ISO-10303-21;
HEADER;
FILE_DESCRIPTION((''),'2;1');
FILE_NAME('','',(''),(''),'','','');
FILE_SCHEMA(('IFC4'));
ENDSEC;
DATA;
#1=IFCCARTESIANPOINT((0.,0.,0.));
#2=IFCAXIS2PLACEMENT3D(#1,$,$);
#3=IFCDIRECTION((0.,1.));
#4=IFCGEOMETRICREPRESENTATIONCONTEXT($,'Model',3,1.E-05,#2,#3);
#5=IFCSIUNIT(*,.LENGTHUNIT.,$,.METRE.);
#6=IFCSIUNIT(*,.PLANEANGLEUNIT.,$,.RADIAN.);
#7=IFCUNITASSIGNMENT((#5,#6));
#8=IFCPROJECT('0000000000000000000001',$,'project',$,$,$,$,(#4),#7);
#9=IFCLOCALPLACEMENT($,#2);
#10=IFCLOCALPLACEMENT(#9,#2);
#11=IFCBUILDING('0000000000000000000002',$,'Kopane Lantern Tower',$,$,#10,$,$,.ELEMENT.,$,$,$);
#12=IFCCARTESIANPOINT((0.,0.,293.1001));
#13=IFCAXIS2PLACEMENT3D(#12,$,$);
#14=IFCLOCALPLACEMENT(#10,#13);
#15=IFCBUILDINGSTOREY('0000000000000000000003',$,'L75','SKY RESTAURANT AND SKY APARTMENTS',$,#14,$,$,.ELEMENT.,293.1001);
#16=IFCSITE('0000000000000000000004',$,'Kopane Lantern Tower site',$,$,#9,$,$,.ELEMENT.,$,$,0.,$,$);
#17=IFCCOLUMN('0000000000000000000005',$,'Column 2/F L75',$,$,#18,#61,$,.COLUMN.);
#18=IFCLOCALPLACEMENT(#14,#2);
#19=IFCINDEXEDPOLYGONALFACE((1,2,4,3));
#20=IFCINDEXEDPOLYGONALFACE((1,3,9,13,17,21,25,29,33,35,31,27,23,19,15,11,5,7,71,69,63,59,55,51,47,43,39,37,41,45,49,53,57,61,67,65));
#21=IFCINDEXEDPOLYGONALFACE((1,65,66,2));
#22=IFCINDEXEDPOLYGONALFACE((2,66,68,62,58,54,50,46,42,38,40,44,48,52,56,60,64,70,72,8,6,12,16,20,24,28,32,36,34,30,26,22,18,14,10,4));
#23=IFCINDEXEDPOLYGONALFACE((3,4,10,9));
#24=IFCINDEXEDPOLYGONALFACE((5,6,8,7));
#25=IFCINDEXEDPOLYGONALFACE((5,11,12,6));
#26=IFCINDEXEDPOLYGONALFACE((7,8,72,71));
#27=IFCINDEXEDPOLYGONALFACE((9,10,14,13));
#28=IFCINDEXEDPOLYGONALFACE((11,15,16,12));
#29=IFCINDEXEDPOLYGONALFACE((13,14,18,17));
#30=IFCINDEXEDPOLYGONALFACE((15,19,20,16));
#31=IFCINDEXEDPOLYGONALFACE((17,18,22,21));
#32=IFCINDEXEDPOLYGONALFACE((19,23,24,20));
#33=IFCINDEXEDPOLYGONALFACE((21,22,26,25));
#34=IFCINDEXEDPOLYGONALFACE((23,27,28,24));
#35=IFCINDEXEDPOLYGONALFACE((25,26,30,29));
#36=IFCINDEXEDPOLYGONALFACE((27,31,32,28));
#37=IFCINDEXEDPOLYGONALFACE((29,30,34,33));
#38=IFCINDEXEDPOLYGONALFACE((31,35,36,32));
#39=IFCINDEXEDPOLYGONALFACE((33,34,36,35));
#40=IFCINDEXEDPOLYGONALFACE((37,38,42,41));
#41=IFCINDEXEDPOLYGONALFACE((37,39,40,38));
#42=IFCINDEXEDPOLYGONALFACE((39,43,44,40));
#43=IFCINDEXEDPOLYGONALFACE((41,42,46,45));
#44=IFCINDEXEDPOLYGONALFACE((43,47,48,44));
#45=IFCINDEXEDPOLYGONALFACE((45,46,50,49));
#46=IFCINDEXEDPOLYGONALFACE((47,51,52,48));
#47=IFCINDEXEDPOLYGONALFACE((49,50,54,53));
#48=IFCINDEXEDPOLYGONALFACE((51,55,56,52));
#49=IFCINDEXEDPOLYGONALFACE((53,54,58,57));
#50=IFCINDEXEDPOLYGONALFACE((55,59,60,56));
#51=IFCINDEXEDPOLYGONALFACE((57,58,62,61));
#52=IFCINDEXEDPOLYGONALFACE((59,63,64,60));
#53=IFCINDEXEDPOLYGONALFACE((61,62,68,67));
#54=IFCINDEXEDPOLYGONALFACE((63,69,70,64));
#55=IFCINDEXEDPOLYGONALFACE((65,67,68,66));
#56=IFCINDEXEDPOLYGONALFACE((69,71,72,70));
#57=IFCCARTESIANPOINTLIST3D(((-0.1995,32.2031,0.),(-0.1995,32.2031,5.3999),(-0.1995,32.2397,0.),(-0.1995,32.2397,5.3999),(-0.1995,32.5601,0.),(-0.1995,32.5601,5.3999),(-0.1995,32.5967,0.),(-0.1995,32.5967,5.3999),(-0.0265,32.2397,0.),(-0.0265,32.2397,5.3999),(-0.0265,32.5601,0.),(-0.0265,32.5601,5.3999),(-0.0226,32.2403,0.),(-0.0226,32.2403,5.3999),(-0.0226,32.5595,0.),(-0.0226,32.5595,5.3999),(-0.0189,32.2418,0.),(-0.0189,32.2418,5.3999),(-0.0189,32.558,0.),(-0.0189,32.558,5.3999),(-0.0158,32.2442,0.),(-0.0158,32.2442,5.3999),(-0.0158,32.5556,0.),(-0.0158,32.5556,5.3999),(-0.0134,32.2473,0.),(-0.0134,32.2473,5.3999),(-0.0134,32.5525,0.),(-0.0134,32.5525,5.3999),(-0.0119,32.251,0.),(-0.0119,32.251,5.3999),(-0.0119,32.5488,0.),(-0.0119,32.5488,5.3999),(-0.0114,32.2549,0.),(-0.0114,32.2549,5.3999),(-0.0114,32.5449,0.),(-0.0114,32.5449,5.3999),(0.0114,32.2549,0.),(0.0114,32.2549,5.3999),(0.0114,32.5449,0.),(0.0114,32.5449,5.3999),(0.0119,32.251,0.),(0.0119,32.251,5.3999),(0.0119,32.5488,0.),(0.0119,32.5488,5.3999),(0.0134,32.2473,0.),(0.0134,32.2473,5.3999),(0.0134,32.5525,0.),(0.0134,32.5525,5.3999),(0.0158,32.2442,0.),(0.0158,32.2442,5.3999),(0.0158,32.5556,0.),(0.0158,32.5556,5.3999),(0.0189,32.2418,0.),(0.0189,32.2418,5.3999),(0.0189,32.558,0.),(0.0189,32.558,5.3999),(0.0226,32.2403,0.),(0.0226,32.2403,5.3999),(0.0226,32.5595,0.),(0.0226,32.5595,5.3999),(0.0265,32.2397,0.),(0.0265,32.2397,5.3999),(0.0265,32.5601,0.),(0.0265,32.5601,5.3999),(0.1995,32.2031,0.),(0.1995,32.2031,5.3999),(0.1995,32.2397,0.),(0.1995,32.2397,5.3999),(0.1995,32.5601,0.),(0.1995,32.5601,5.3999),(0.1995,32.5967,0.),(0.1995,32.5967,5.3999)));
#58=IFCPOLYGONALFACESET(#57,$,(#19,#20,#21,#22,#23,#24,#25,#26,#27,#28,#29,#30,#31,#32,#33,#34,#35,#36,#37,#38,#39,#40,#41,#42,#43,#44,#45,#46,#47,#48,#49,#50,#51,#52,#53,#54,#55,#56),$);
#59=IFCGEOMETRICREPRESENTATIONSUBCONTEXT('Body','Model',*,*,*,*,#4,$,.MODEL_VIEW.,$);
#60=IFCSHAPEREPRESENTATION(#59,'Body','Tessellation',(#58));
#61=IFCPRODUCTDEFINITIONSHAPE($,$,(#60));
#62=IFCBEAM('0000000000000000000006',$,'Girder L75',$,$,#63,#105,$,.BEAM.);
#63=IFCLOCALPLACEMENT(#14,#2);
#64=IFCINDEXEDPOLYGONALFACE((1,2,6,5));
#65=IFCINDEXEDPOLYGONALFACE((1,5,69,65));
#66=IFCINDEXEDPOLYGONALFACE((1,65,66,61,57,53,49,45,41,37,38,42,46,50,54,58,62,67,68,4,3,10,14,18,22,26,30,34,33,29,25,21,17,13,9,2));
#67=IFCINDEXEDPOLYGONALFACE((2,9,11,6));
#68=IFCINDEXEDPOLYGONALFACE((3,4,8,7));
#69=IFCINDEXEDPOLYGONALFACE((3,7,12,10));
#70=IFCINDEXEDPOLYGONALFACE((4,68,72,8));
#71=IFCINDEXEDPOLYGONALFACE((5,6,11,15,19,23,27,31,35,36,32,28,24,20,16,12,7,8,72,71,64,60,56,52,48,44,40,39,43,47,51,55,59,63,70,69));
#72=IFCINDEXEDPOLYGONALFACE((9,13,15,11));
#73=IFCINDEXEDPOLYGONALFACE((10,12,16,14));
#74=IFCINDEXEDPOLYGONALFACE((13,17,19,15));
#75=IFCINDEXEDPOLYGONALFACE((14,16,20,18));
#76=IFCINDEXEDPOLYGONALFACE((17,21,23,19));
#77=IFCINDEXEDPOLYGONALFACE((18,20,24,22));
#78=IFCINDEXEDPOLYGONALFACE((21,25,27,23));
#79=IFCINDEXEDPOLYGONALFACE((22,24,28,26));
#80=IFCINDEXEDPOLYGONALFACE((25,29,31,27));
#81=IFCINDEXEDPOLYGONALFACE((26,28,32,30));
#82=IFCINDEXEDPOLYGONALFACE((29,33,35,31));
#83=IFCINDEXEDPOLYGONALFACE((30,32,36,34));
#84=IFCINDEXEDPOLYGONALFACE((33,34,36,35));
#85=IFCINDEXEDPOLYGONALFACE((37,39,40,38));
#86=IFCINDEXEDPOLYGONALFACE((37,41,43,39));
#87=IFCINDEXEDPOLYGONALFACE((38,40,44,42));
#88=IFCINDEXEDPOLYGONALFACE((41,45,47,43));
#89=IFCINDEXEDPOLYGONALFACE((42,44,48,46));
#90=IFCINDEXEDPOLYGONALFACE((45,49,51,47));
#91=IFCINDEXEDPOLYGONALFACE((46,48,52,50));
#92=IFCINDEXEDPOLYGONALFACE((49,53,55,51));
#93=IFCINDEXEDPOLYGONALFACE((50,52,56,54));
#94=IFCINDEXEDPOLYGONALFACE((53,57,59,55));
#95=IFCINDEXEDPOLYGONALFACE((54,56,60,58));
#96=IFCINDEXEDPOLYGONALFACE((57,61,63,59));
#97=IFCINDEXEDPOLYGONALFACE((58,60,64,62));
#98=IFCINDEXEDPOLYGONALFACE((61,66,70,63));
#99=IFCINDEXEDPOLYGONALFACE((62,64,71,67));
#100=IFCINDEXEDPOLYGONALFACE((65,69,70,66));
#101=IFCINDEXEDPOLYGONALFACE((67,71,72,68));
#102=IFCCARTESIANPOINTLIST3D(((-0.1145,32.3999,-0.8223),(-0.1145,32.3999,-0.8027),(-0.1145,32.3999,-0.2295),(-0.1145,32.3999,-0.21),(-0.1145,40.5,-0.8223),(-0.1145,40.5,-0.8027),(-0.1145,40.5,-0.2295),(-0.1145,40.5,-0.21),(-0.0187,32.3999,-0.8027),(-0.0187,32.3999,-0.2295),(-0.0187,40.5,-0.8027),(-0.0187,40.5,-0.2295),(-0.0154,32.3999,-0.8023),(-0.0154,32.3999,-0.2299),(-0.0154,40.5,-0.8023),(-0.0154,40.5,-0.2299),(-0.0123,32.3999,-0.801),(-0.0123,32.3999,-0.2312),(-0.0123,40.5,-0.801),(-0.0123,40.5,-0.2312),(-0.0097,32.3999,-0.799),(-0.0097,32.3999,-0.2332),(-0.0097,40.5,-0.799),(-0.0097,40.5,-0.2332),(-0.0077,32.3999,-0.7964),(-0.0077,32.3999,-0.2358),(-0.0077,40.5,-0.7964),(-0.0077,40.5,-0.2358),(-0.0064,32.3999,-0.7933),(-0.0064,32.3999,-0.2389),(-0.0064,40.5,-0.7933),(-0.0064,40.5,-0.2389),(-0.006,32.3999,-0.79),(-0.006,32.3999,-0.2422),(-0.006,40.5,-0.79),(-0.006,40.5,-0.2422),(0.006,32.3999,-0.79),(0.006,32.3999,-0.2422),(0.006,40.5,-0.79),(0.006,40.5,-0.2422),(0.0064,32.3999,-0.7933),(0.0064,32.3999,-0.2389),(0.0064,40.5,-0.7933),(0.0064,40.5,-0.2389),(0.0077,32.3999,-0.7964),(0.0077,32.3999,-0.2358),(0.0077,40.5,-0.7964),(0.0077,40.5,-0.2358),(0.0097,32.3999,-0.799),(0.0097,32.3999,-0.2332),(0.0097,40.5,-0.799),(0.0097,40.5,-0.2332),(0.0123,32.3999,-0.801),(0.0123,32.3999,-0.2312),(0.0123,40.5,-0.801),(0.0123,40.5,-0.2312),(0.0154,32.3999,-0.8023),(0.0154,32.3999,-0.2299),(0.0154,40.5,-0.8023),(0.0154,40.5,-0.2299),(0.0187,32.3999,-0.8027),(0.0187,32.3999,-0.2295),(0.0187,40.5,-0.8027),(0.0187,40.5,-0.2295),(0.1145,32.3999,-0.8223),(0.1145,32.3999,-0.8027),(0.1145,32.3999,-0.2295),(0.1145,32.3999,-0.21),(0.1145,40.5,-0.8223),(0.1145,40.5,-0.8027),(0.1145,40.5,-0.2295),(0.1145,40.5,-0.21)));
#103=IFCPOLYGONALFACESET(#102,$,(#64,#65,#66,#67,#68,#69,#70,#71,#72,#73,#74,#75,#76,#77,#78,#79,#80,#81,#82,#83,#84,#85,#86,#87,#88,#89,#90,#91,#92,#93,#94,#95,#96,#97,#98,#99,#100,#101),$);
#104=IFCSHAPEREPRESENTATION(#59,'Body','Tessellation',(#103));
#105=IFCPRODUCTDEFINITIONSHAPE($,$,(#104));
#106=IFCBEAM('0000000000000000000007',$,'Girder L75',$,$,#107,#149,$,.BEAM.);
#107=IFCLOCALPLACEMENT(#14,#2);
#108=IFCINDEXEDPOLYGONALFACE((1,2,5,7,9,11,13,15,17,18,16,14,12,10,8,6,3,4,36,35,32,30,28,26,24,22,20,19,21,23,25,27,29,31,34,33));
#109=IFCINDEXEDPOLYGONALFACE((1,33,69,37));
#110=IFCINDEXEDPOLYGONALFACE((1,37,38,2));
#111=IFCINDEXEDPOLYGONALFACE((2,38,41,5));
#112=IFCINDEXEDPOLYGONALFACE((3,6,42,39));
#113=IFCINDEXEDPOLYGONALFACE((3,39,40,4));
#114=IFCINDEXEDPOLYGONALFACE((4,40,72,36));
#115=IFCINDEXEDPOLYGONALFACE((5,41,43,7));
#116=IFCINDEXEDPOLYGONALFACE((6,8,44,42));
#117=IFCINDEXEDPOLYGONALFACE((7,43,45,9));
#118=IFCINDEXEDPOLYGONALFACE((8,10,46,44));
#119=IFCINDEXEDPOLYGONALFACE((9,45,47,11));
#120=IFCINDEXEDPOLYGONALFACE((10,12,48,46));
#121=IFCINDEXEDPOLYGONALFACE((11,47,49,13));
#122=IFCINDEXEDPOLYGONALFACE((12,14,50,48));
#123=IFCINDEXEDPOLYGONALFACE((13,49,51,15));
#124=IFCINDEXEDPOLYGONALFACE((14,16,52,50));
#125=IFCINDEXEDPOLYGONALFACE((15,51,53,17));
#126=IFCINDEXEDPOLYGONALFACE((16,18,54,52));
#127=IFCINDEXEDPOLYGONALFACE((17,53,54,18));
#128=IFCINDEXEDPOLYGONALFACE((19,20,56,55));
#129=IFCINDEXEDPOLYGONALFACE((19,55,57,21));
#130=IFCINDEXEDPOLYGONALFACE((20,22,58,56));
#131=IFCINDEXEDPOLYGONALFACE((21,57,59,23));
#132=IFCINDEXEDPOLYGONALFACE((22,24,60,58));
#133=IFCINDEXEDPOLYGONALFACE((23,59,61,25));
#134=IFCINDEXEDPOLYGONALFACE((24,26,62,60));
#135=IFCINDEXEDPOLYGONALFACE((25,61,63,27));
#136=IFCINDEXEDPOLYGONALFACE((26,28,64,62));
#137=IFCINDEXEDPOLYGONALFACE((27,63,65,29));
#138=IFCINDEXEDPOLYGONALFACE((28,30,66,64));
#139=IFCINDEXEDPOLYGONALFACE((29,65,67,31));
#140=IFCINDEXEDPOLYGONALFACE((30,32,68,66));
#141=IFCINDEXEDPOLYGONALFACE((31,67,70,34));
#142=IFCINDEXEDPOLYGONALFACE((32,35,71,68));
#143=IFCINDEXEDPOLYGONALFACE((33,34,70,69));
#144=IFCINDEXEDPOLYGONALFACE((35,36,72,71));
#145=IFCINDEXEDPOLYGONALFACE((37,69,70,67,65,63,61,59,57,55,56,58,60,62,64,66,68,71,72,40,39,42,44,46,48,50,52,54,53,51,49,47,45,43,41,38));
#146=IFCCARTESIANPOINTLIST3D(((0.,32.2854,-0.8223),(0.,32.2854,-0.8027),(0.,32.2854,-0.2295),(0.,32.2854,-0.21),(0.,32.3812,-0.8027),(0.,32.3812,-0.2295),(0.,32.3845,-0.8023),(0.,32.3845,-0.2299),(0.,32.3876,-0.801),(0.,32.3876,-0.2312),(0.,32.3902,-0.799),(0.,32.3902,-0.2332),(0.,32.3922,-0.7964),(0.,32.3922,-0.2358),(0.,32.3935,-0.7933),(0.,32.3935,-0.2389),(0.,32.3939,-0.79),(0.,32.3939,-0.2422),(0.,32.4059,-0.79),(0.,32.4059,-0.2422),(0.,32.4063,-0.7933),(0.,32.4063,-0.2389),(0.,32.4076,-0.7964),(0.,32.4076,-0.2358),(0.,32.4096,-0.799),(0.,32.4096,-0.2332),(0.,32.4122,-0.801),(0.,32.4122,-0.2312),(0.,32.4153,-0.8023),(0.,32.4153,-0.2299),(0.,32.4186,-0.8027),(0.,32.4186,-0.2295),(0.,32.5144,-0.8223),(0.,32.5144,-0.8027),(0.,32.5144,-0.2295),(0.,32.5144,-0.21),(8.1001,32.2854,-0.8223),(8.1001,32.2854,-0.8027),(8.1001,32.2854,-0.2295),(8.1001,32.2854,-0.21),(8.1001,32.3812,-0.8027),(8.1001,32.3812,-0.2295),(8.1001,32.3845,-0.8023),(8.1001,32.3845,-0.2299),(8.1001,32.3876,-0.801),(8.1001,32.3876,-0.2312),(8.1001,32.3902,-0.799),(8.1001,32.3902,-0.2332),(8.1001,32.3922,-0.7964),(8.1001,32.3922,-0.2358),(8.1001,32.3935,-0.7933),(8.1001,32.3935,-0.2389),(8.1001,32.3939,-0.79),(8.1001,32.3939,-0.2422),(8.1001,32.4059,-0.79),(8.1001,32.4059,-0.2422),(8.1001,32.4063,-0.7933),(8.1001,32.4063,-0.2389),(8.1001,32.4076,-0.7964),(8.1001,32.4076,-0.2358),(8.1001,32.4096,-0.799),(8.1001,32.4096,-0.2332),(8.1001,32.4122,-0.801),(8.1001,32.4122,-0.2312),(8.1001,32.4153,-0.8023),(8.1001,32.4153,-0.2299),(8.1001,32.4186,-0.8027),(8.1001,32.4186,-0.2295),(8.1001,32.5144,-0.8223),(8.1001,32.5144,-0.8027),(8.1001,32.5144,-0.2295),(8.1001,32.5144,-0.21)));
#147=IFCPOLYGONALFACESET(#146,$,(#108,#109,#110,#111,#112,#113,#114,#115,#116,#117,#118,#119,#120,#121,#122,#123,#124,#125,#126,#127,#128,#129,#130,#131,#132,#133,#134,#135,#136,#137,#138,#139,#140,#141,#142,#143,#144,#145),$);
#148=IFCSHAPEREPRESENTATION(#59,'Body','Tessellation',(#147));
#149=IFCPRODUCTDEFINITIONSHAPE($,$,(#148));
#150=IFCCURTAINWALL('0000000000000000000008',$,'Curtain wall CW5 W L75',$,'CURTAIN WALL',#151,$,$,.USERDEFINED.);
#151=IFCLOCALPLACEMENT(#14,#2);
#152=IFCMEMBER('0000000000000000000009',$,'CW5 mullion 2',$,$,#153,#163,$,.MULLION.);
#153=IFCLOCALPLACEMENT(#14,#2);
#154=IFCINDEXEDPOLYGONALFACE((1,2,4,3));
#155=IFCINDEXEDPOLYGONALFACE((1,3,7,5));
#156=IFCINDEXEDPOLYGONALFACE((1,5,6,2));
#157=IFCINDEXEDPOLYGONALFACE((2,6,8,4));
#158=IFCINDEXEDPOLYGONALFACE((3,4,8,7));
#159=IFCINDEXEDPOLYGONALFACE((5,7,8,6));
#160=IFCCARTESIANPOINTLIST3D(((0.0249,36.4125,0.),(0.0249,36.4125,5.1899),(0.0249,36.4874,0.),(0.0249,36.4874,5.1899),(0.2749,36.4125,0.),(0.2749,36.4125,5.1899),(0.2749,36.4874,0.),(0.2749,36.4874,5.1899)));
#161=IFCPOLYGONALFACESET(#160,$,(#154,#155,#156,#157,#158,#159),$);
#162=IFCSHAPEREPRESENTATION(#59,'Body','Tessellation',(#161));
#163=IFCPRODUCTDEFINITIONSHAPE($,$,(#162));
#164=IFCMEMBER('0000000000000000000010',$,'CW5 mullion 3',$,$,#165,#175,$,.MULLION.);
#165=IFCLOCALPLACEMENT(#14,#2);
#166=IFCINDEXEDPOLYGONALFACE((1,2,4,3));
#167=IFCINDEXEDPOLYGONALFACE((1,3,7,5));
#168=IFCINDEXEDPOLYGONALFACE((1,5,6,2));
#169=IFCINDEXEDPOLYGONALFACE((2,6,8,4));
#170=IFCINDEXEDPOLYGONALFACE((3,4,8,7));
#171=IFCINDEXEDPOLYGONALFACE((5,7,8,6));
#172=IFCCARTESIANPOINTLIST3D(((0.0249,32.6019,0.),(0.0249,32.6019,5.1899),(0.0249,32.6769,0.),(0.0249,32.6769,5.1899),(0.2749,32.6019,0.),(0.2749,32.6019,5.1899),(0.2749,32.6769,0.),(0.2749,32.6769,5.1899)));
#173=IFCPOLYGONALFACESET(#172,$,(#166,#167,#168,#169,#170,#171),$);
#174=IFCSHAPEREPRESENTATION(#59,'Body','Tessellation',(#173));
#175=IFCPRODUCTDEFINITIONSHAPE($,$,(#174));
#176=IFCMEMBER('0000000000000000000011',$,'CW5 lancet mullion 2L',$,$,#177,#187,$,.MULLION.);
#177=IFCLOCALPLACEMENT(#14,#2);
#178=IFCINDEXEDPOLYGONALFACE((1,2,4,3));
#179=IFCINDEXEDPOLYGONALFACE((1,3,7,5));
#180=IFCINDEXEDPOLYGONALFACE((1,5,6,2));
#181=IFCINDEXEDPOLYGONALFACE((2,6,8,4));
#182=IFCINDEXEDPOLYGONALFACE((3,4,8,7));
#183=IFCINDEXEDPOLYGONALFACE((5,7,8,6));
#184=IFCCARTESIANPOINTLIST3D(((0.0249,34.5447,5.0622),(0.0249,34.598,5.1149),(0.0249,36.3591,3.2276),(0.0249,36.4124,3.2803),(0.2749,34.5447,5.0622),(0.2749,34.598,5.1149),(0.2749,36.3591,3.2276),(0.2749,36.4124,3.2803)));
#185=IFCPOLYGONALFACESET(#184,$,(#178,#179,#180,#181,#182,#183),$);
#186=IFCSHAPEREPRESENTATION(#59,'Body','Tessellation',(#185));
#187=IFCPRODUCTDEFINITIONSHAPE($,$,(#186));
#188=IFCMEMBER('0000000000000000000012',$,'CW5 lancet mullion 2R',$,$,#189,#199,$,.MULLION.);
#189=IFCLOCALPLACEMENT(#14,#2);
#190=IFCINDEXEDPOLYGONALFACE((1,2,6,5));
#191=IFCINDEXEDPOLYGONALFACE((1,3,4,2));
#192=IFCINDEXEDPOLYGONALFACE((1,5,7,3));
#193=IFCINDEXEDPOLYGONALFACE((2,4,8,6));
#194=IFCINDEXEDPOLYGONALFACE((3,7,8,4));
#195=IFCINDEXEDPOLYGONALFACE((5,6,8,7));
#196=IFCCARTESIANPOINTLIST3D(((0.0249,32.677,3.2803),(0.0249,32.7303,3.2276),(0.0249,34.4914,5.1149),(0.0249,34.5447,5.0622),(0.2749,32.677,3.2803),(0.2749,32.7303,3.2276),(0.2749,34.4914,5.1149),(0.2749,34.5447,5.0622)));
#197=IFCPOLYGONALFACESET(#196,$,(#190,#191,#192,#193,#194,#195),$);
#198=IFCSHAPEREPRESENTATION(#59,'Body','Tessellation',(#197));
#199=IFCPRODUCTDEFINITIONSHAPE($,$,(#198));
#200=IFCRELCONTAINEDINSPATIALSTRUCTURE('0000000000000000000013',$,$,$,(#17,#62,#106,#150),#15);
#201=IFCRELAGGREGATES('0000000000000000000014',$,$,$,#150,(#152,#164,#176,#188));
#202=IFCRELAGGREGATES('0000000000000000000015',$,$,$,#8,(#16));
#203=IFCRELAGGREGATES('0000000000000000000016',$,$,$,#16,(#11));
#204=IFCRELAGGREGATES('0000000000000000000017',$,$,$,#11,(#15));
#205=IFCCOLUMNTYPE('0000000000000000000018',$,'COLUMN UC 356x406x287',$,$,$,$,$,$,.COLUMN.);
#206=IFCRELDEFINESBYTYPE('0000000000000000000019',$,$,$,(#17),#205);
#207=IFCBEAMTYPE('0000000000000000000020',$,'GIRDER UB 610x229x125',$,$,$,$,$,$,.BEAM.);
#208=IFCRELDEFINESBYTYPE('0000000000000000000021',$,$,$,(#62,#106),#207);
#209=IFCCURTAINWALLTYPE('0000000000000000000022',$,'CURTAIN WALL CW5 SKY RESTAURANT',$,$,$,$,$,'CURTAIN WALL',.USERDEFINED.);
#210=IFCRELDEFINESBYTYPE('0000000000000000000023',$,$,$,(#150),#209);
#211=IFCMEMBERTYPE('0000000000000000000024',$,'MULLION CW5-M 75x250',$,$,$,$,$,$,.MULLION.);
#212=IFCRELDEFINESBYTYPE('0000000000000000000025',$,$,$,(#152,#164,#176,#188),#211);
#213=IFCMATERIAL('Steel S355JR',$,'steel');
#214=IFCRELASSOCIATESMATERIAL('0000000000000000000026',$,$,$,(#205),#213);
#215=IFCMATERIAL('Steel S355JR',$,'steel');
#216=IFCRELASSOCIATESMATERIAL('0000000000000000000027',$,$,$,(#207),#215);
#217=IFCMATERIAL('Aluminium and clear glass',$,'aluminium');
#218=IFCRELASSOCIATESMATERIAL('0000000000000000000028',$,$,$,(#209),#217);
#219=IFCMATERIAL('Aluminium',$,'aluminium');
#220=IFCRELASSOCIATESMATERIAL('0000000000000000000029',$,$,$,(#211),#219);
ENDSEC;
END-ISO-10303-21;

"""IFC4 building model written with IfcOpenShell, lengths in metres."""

from ifc_helpers import new_model, si_unit, direction, frame, origin, origin_2d, place, context, subcontext, project, spatial, rectangle, i_section, extrude, material, material_profile, profile_set, type_object, element, aggregate, save


model = new_model("IFC4")

# Units and contexts
model_context = context("Model", 3, precision=1e-05, world=origin(), true_north=direction((0.0, 1.0)))
body_context = subcontext(model_context, "Body", "Model", "MODEL_VIEW")
ifc_project = project(units=[si_unit("LENGTHUNIT", "METRE"), si_unit("PLANEANGLEUNIT", "RADIAN")], contexts=[model_context])

# Site, building, storey
site_placement = place(None, origin())
site = spatial("IfcSite", under=ifc_project, at=site_placement, Name="Kopane Lantern Tower site", CompositionType="ELEMENT", RefElevation=0.0)
building_placement = place(site_placement, origin())
building = spatial("IfcBuilding", under=site, at=building_placement, Name="Kopane Lantern Tower", CompositionType="ELEMENT")
storey_placement = place(building_placement, frame((0.0, 0.0, 293.1001)))
storey = spatial("IfcBuildingStorey", under=building, at=storey_placement, Name="L75", Description="SKY RESTAURANT AND SKY APARTMENTS", CompositionType="ELEMENT", Elevation=293.1001)

# Column
ifc_material_1 = material(Name="Steel S355JR", Category="steel")
ifc_material_profile_1 = material_profile(ifc_material_1, i_section(OverallWidth=0.3989, OverallDepth=0.3936, WebThickness=0.0227, FlangeThickness=0.0366, FilletRadius=0.0151, at=origin_2d()), Name="UC 356x406x287")
ifc_profile_set_1 = profile_set([ifc_material_profile_1], Name="Steel S355JR")
column_type = type_object("IfcColumnType", Name="COLUMN UC 356x406x287", PredefinedType="COLUMN", material=ifc_profile_set_1)
column_placement = place(storey_placement, frame((0.0, 32.3999, 0.0), z_axis=(0.0, 0.0, 1.0), x_axis=(1.0, 0.0, 0.0)))
element("IfcColumn", 1, at=column_placement, inside=storey, type_object=column_type, Name="Column 2/F L75", PredefinedType="COLUMN", context=body_context, shape_type="SweptSolid", body=[
    extrude(i_section(OverallWidth=0.3989, OverallDepth=0.3936, WebThickness=0.0227, FlangeThickness=0.0366, FilletRadius=0.0151, at=origin_2d()), origin(), (0.0, 0.0, 1.0), 5.3999),
])

# Beams
ifc_material_2 = material(Name="Steel S355JR", Category="steel")
ifc_material_profile_2 = material_profile(ifc_material_2, i_section(OverallWidth=0.229, OverallDepth=0.6123, WebThickness=0.012, FlangeThickness=0.0195, FilletRadius=0.0127, at=origin_2d()), Name="UB 610x229x125")
ifc_profile_set_2 = profile_set([ifc_material_profile_2], Name="Steel S355JR")
beam_type = type_object("IfcBeamType", Name="GIRDER UB 610x229x125", PredefinedType="BEAM", material=ifc_profile_set_2)
for number, where, z_axis, x_axis, name in (
    (2, (0.0, 32.3999, -0.5161), (0.0, 1.0, 0.0), (-1.0, 0.0, 0.0), "Girder L75"),
    (3, (0.0, 32.3999, -0.5161), (1.0, 0.0, 0.0), (0.0, 1.0, 0.0), "Girder L75"),
):
    element("IfcBeam", number, at=place(storey_placement, frame(where, z_axis=z_axis, x_axis=x_axis)), inside=storey, type_object=beam_type, Name=name, PredefinedType="BEAM", context=body_context, shape_type="SweptSolid", body=[
        extrude(i_section(OverallWidth=0.229, OverallDepth=0.6123, WebThickness=0.012, FlangeThickness=0.0195, FilletRadius=0.0127, at=origin_2d()), origin(), (0.0, 0.0, 1.0), 8.1001),
    ])

# Curtain wall, members
ifc_material_3 = material(Name="Aluminium and clear glass", Category="aluminium")
curtain_wall_type = type_object("IfcCurtainWallType", Name="CURTAIN WALL CW5 SKY RESTAURANT", ElementType="CURTAIN WALL", PredefinedType="USERDEFINED", material=ifc_material_3)
curtain_wall_1_placement = place(storey_placement, origin())
curtain_wall_1 = element("IfcCurtainWall", 4, at=curtain_wall_1_placement, inside=storey, type_object=curtain_wall_type, Name="Curtain wall CW5 W L75", ObjectType="CURTAIN WALL", PredefinedType="USERDEFINED")
ifc_material_4 = material(Name="Aluminium", Category="aluminium")
ifc_material_profile_3 = material_profile(ifc_material_4, rectangle(XDim=0.075, YDim=0.25, at=origin_2d()), Name="AL 75x250")
ifc_profile_set_3 = profile_set([ifc_material_profile_3], Name="Aluminium")
member_type_1 = type_object("IfcMemberType", Name="MULLION CW5-M 75x250", PredefinedType="MULLION", material=ifc_profile_set_3)
member_1_placement = place(storey_placement, frame((0.1499, 36.45, 0.0), z_axis=(0.0, 0.0, 1.0), x_axis=(0.0, -1.0, 0.0)))
member_1 = element("IfcMember", 5, at=member_1_placement, type_object=member_type_1, Name="CW5 mullion 2", PredefinedType="MULLION", context=body_context, shape_type="SweptSolid", body=[
    extrude(rectangle(XDim=0.075, YDim=0.25, at=origin_2d()), origin(), (0.0, 0.0, 1.0), 5.1899),
])
member_2_placement = place(storey_placement, frame((0.1499, 32.6394, 0.0), z_axis=(0.0, 0.0, 1.0), x_axis=(0.0, -1.0, 0.0)))
member_2 = element("IfcMember", 6, at=member_2_placement, type_object=member_type_1, Name="CW5 mullion 3", PredefinedType="MULLION", context=body_context, shape_type="SweptSolid", body=[
    extrude(rectangle(XDim=0.075, YDim=0.25, at=origin_2d()), origin(), (0.0, 0.0, 1.0), 5.1899),
])
member_3_placement = place(storey_placement, frame((0.1499, 36.3857, 3.2539), z_axis=(0.0, -0.703169, 0.711022), x_axis=(0.0, 0.711022, 0.703169)))
member_3 = element("IfcMember", 7, at=member_3_placement, type_object=member_type_1, Name="CW5 lancet mullion 2L", PredefinedType="MULLION", context=body_context, shape_type="SweptSolid", body=[
    extrude(rectangle(XDim=0.075, YDim=0.25, at=origin_2d()), origin(), (0.0, 0.0, 1.0), 2.5803),
])
member_4_placement = place(storey_placement, frame((0.1499, 32.7036, 3.2539), z_axis=(0.0, 0.703169, 0.711022), x_axis=(0.0, -0.711022, 0.703169)))
member_4 = element("IfcMember", 8, at=member_4_placement, type_object=member_type_1, Name="CW5 lancet mullion 2R", PredefinedType="MULLION", context=body_context, shape_type="SweptSolid", body=[
    extrude(rectangle(XDim=0.075, YDim=0.25, at=origin_2d()), origin(), (0.0, 0.0, 1.0), 2.5803),
])

aggregate(curtain_wall_1, [member_1, member_2, member_3, member_4])

save(model, "model.ifc")
